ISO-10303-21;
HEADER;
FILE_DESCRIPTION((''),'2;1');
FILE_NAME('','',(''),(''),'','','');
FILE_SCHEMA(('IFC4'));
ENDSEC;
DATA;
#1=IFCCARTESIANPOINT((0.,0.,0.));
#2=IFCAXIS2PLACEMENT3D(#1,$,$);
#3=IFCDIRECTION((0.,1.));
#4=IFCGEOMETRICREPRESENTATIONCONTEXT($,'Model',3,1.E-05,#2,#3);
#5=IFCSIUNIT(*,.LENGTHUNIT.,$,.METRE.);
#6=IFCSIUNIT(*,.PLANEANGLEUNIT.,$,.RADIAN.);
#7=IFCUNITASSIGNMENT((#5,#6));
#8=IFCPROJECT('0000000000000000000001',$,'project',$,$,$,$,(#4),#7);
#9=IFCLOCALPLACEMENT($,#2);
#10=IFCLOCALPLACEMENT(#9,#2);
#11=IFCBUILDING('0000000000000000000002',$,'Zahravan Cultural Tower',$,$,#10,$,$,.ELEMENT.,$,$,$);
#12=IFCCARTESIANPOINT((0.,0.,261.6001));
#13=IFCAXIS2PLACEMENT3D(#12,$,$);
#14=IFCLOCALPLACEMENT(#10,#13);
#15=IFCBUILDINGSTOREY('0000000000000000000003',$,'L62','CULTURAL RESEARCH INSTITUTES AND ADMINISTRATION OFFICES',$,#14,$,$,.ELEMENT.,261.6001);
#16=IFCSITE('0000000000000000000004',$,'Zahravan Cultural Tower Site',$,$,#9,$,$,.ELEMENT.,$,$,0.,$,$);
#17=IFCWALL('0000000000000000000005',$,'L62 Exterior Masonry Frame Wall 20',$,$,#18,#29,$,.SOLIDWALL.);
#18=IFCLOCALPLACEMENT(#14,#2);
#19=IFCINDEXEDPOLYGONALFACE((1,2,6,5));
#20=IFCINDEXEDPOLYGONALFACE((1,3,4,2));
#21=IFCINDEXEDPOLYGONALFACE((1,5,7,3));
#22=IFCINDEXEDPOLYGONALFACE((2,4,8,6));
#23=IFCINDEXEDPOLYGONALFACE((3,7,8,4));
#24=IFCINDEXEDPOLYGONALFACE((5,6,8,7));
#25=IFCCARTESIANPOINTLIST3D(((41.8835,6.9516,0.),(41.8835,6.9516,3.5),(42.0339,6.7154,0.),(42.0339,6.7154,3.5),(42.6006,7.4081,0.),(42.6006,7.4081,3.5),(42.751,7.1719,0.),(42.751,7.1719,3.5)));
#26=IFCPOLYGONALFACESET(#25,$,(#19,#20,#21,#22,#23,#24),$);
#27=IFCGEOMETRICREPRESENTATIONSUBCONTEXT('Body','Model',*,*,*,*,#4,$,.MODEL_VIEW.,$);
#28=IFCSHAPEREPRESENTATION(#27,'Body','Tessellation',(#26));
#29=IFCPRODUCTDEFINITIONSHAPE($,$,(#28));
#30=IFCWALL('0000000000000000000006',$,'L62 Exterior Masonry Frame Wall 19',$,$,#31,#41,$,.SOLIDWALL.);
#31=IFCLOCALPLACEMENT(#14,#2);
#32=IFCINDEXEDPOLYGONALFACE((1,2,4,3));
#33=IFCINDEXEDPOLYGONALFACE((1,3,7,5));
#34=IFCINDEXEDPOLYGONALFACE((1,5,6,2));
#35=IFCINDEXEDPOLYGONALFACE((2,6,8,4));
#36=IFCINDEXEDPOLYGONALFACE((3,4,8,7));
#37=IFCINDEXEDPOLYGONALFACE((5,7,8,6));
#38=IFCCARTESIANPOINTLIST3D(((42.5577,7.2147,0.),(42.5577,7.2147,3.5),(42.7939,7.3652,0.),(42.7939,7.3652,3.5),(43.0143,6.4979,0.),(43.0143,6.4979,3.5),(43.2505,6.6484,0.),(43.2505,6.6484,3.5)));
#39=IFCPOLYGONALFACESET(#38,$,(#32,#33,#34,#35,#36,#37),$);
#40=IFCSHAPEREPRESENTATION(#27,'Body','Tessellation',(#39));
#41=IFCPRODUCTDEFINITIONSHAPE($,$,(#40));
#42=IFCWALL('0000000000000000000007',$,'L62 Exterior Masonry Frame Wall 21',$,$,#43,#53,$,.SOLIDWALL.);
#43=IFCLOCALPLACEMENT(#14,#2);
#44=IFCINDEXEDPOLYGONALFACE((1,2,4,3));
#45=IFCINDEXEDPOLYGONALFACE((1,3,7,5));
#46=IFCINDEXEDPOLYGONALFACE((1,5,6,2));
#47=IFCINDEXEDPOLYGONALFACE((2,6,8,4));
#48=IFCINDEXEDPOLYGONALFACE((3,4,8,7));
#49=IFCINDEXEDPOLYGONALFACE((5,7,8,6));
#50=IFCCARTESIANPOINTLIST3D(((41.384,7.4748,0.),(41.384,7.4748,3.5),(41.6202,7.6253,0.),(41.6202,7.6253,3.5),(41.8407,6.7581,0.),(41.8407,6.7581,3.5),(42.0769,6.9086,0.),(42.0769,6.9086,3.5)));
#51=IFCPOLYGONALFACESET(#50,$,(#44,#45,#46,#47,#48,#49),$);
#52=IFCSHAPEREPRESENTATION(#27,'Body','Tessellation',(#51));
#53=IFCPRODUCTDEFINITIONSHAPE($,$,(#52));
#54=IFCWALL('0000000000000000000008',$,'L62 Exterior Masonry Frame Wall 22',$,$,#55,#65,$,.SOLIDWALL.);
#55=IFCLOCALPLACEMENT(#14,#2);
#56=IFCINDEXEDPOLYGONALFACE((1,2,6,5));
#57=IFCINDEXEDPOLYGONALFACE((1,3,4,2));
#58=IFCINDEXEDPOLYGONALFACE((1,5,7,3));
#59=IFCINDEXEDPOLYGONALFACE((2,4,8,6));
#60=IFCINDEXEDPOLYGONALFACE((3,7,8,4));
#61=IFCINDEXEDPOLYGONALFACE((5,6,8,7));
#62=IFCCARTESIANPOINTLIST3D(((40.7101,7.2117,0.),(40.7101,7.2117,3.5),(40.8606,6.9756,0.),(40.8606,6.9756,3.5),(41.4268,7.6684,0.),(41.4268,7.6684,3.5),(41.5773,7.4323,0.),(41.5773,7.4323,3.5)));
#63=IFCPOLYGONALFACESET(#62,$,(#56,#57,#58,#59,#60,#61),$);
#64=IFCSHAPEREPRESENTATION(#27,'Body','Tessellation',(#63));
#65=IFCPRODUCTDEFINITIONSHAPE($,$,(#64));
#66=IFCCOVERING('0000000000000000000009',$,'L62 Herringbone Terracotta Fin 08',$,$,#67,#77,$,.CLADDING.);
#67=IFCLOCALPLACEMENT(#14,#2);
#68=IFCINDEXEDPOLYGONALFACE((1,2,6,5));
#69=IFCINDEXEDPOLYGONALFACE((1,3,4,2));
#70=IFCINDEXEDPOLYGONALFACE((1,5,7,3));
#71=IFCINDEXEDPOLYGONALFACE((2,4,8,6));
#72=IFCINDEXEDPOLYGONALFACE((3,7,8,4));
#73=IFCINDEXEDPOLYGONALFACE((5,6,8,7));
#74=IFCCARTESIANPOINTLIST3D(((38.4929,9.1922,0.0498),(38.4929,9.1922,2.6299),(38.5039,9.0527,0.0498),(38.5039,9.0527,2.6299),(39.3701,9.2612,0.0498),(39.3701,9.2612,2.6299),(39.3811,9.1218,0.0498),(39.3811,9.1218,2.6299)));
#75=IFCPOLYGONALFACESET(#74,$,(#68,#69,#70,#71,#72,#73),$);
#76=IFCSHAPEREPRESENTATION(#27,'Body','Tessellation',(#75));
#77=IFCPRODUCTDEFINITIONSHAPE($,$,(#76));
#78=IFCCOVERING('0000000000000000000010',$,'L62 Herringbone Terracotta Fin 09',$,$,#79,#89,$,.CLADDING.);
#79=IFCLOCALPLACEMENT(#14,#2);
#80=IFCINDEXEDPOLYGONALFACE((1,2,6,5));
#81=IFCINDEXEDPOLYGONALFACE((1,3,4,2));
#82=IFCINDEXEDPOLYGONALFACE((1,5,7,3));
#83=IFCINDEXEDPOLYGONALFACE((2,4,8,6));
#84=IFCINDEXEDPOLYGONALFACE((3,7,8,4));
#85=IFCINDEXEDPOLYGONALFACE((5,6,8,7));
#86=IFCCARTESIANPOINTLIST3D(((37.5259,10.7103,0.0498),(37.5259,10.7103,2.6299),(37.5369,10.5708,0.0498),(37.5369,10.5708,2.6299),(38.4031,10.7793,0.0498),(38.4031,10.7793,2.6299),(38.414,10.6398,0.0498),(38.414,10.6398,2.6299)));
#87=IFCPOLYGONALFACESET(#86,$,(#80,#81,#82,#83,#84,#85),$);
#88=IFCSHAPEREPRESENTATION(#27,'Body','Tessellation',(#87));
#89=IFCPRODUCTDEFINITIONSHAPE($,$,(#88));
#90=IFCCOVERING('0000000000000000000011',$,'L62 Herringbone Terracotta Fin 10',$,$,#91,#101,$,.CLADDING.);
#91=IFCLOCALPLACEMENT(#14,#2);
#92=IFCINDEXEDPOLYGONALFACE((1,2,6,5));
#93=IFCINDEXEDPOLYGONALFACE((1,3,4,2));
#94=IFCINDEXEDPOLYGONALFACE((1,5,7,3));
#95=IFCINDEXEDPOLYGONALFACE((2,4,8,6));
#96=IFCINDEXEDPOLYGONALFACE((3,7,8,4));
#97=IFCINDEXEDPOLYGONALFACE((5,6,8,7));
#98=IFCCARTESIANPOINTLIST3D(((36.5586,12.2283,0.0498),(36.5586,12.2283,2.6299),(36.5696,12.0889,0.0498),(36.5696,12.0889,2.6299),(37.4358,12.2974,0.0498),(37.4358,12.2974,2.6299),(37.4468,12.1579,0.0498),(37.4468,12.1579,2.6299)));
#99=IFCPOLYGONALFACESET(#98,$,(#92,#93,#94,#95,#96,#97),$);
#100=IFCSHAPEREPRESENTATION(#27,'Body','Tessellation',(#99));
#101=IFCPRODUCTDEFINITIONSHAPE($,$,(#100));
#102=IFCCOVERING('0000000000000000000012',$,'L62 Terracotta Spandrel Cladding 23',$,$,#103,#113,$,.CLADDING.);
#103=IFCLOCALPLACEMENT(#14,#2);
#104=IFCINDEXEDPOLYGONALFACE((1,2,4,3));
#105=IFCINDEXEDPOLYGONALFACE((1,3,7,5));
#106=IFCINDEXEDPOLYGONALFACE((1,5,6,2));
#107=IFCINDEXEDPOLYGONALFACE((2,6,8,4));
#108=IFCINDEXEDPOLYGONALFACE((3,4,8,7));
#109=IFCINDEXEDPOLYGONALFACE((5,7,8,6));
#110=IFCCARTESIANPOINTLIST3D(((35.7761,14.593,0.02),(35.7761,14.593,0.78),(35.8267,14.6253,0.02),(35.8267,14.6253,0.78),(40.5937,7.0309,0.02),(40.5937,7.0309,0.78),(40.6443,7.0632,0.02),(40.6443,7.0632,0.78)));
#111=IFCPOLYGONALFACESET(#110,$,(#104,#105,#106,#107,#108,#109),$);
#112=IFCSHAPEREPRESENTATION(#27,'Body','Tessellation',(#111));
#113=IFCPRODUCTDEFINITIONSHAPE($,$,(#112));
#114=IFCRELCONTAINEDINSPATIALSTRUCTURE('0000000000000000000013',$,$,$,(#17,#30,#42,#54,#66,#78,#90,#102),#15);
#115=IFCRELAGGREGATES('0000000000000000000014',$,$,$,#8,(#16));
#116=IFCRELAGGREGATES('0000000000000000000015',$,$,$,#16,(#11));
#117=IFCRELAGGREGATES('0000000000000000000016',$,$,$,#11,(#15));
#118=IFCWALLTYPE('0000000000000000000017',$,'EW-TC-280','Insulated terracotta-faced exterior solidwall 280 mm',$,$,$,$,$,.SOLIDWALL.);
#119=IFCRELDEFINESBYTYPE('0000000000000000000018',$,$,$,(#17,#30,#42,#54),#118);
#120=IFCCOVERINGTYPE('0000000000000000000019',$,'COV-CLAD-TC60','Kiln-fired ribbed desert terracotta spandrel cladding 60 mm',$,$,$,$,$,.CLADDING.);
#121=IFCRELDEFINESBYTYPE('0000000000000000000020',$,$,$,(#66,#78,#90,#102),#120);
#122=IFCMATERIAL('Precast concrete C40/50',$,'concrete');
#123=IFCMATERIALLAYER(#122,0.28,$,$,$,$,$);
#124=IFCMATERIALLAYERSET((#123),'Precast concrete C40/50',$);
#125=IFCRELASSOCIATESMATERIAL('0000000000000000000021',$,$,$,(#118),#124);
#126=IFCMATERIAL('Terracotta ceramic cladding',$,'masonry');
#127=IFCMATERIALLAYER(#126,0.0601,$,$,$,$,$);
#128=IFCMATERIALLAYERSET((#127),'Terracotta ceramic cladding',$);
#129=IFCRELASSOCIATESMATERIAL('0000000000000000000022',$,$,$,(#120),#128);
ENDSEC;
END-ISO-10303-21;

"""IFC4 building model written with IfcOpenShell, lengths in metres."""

from ifc_helpers import new_model, si_unit, direction, frame, frame_2d, origin, origin_2d, place, context, subcontext, project, spatial, rectangle, extrude, source, transform, mapped, material, layer, layer_set, type_object, element, save


model = new_model("IFC4")

# Units and contexts
model_context = context("Model", 3, precision=1e-05, world=origin(), true_north=direction((0.0, 1.0)))
body_context = subcontext(model_context, "Body", "Model", "MODEL_VIEW")
ifc_project = project(units=[si_unit("LENGTHUNIT", "METRE"), si_unit("PLANEANGLEUNIT", "RADIAN")], contexts=[model_context])

# Site, building, storey
site_placement = place(None, origin())
site = spatial("IfcSite", under=ifc_project, at=site_placement, Name="Zahravan Cultural Tower Site", CompositionType="ELEMENT", RefElevation=0.0)
building_placement = place(site_placement, origin())
building = spatial("IfcBuilding", under=site, at=building_placement, Name="Zahravan Cultural Tower", CompositionType="ELEMENT")
storey_placement = place(building_placement, frame((0.0, 0.0, 261.6001)))
storey = spatial("IfcBuildingStorey", under=building, at=storey_placement, Name="L62", Description="CULTURAL RESEARCH INSTITUTES AND ADMINISTRATION OFFICES", CompositionType="ELEMENT", Elevation=261.6001)

# Shared definitions
ifc_material_1 = material(Name="Precast concrete C40/50", Category="concrete")
ifc_layer_1 = layer(ifc_material_1, 0.28)
ifc_layer_set_1 = layer_set([ifc_layer_1], Name="Precast concrete C40/50")
wall_type_1 = type_object("IfcWallType", Name="EW-TC-280", Description="Insulated terracotta-faced exterior solidwall 280 mm", PredefinedType="SOLIDWALL", material=ifc_layer_set_1)

# Walls
shared_shape_1 = source(origin(), body_context, "Body", "SweptSolid", [
    extrude(rectangle(XDim=0.8501, YDim=0.28, at=frame_2d((0.425, 0.0))), origin(), (0.0, 0.0, 1.0), 3.5),
])
wall_1_placement = place(storey_placement, frame((42.6758, 7.29, 0.0), z_axis=(0.0, 0.0, 1.0), x_axis=(-0.843531, -0.53708, 0.0)))
element("IfcWall", 1, at=wall_1_placement, inside=storey, type_object=wall_type_1, Name="L62 Exterior Masonry Frame Wall 20", PredefinedType="SOLIDWALL", context=body_context, shape_type="MappedRepresentation", body=[
    mapped(shared_shape_1, transform((0.0, 0.0, 0.0), x_axis=(1.0, 0.0, 0.0), y_axis=(0.0, 1.0, 0.0), z_axis=(0.0, 0.0, 1.0), scale=1.0)),
])
shared_shape_2 = source(origin(), body_context, "Body", "SweptSolid", [
    extrude(rectangle(XDim=0.8499, YDim=0.28, at=frame_2d((0.4248, 0.0))), origin(), (0.0, 0.0, 1.0), 3.5),
])
for number, where, z_axis, x_axis, name in (
    (2, (43.1323, 6.5732, 0.0), (0.0, 0.0, 1.0), (-0.53721, 0.843448, 0.0), "L62 Exterior Masonry Frame Wall 19"),
    (3, (41.9587, 6.8335, 0.0), (0.0, 0.0, 1.0), (-0.537414, 0.843318, 0.0), "L62 Exterior Masonry Frame Wall 21"),
    (4, (41.502, 7.5503, 0.0), (0.0, 0.0, 1.0), (-0.843318, -0.537414, 0.0), "L62 Exterior Masonry Frame Wall 22"),
):
    element("IfcWall", number, at=place(storey_placement, frame(where, z_axis=z_axis, x_axis=x_axis)), inside=storey, type_object=wall_type_1, Name=name, PredefinedType="SOLIDWALL", context=body_context, shape_type="MappedRepresentation", body=[
        mapped(shared_shape_2, transform((0.0, 0.0, 0.0), x_axis=(1.0, 0.0, 0.0), y_axis=(0.0, 1.0, 0.0), z_axis=(0.0, 0.0, 1.0), scale=1.0)),
    ])

# Coverings
ifc_material_2 = material(Name="Terracotta ceramic cladding", Category="masonry")
ifc_layer_2 = layer(ifc_material_2, 0.0601)
ifc_layer_set_2 = layer_set([ifc_layer_2], Name="Terracotta ceramic cladding")
covering_type = type_object("IfcCoveringType", Name="COV-CLAD-TC60", Description="Kiln-fired ribbed desert terracotta spandrel cladding 60 mm", PredefinedType="CLADDING", material=ifc_layer_set_2)
shared_shape_3 = source(origin(), body_context, "Body", "SweptSolid", [
    extrude(rectangle(XDim=0.8799, YDim=0.1399, at=origin_2d()), origin(), (0.0, 0.0, 1.0), 2.5801),
])
for number, where, z_axis, x_axis, name in (
    (5, (38.937, 9.157, 0.0498), (0.0, 0.0, 1.0), (-0.996917, -0.078459, 0.0), "L62 Herringbone Terracotta Fin 08"),
    (6, (37.97, 10.675, 0.0498), (0.0, 0.0, 1.0), (-0.996917, -0.078459, 0.0), "L62 Herringbone Terracotta Fin 09"),
    (7, (37.0027, 12.1931, 0.0498), (0.0, 0.0, 1.0), (-0.996917, -0.078459, 0.0), "L62 Herringbone Terracotta Fin 10"),
):
    element("IfcCovering", number, at=place(storey_placement, frame(where, z_axis=z_axis, x_axis=x_axis)), inside=storey, type_object=covering_type, Name=name, PredefinedType="CLADDING", context=body_context, shape_type="MappedRepresentation", body=[
        mapped(shared_shape_3, transform((0.0, 0.0, 0.0), x_axis=(1.0, 0.0, 0.0), y_axis=(0.0, 1.0, 0.0), z_axis=(0.0, 0.0, 1.0), scale=1.0)),
    ])
shared_shape_4 = source(origin(), body_context, "Body", "SweptSolid", [
    extrude(rectangle(XDim=8.9663, YDim=0.0601, at=origin_2d()), origin(), (0.0, 0.0, 1.0), 0.76),
])
covering_placement = place(storey_placement, frame((38.2102, 10.8281, 0.02), z_axis=(0.0, 0.0, 1.0), x_axis=(-0.5373, 0.843391, 0.0)))
element("IfcCovering", 8, at=covering_placement, inside=storey, type_object=covering_type, Name="L62 Terracotta Spandrel Cladding 23", PredefinedType="CLADDING", context=body_context, shape_type="MappedRepresentation", body=[
    mapped(shared_shape_4, transform((0.0, 0.0, 0.0), x_axis=(1.0, 0.0, 0.0), y_axis=(0.0, 1.0, 0.0), z_axis=(0.0, 0.0, 1.0), scale=1.0)),
])

save(model, "model.ifc")
